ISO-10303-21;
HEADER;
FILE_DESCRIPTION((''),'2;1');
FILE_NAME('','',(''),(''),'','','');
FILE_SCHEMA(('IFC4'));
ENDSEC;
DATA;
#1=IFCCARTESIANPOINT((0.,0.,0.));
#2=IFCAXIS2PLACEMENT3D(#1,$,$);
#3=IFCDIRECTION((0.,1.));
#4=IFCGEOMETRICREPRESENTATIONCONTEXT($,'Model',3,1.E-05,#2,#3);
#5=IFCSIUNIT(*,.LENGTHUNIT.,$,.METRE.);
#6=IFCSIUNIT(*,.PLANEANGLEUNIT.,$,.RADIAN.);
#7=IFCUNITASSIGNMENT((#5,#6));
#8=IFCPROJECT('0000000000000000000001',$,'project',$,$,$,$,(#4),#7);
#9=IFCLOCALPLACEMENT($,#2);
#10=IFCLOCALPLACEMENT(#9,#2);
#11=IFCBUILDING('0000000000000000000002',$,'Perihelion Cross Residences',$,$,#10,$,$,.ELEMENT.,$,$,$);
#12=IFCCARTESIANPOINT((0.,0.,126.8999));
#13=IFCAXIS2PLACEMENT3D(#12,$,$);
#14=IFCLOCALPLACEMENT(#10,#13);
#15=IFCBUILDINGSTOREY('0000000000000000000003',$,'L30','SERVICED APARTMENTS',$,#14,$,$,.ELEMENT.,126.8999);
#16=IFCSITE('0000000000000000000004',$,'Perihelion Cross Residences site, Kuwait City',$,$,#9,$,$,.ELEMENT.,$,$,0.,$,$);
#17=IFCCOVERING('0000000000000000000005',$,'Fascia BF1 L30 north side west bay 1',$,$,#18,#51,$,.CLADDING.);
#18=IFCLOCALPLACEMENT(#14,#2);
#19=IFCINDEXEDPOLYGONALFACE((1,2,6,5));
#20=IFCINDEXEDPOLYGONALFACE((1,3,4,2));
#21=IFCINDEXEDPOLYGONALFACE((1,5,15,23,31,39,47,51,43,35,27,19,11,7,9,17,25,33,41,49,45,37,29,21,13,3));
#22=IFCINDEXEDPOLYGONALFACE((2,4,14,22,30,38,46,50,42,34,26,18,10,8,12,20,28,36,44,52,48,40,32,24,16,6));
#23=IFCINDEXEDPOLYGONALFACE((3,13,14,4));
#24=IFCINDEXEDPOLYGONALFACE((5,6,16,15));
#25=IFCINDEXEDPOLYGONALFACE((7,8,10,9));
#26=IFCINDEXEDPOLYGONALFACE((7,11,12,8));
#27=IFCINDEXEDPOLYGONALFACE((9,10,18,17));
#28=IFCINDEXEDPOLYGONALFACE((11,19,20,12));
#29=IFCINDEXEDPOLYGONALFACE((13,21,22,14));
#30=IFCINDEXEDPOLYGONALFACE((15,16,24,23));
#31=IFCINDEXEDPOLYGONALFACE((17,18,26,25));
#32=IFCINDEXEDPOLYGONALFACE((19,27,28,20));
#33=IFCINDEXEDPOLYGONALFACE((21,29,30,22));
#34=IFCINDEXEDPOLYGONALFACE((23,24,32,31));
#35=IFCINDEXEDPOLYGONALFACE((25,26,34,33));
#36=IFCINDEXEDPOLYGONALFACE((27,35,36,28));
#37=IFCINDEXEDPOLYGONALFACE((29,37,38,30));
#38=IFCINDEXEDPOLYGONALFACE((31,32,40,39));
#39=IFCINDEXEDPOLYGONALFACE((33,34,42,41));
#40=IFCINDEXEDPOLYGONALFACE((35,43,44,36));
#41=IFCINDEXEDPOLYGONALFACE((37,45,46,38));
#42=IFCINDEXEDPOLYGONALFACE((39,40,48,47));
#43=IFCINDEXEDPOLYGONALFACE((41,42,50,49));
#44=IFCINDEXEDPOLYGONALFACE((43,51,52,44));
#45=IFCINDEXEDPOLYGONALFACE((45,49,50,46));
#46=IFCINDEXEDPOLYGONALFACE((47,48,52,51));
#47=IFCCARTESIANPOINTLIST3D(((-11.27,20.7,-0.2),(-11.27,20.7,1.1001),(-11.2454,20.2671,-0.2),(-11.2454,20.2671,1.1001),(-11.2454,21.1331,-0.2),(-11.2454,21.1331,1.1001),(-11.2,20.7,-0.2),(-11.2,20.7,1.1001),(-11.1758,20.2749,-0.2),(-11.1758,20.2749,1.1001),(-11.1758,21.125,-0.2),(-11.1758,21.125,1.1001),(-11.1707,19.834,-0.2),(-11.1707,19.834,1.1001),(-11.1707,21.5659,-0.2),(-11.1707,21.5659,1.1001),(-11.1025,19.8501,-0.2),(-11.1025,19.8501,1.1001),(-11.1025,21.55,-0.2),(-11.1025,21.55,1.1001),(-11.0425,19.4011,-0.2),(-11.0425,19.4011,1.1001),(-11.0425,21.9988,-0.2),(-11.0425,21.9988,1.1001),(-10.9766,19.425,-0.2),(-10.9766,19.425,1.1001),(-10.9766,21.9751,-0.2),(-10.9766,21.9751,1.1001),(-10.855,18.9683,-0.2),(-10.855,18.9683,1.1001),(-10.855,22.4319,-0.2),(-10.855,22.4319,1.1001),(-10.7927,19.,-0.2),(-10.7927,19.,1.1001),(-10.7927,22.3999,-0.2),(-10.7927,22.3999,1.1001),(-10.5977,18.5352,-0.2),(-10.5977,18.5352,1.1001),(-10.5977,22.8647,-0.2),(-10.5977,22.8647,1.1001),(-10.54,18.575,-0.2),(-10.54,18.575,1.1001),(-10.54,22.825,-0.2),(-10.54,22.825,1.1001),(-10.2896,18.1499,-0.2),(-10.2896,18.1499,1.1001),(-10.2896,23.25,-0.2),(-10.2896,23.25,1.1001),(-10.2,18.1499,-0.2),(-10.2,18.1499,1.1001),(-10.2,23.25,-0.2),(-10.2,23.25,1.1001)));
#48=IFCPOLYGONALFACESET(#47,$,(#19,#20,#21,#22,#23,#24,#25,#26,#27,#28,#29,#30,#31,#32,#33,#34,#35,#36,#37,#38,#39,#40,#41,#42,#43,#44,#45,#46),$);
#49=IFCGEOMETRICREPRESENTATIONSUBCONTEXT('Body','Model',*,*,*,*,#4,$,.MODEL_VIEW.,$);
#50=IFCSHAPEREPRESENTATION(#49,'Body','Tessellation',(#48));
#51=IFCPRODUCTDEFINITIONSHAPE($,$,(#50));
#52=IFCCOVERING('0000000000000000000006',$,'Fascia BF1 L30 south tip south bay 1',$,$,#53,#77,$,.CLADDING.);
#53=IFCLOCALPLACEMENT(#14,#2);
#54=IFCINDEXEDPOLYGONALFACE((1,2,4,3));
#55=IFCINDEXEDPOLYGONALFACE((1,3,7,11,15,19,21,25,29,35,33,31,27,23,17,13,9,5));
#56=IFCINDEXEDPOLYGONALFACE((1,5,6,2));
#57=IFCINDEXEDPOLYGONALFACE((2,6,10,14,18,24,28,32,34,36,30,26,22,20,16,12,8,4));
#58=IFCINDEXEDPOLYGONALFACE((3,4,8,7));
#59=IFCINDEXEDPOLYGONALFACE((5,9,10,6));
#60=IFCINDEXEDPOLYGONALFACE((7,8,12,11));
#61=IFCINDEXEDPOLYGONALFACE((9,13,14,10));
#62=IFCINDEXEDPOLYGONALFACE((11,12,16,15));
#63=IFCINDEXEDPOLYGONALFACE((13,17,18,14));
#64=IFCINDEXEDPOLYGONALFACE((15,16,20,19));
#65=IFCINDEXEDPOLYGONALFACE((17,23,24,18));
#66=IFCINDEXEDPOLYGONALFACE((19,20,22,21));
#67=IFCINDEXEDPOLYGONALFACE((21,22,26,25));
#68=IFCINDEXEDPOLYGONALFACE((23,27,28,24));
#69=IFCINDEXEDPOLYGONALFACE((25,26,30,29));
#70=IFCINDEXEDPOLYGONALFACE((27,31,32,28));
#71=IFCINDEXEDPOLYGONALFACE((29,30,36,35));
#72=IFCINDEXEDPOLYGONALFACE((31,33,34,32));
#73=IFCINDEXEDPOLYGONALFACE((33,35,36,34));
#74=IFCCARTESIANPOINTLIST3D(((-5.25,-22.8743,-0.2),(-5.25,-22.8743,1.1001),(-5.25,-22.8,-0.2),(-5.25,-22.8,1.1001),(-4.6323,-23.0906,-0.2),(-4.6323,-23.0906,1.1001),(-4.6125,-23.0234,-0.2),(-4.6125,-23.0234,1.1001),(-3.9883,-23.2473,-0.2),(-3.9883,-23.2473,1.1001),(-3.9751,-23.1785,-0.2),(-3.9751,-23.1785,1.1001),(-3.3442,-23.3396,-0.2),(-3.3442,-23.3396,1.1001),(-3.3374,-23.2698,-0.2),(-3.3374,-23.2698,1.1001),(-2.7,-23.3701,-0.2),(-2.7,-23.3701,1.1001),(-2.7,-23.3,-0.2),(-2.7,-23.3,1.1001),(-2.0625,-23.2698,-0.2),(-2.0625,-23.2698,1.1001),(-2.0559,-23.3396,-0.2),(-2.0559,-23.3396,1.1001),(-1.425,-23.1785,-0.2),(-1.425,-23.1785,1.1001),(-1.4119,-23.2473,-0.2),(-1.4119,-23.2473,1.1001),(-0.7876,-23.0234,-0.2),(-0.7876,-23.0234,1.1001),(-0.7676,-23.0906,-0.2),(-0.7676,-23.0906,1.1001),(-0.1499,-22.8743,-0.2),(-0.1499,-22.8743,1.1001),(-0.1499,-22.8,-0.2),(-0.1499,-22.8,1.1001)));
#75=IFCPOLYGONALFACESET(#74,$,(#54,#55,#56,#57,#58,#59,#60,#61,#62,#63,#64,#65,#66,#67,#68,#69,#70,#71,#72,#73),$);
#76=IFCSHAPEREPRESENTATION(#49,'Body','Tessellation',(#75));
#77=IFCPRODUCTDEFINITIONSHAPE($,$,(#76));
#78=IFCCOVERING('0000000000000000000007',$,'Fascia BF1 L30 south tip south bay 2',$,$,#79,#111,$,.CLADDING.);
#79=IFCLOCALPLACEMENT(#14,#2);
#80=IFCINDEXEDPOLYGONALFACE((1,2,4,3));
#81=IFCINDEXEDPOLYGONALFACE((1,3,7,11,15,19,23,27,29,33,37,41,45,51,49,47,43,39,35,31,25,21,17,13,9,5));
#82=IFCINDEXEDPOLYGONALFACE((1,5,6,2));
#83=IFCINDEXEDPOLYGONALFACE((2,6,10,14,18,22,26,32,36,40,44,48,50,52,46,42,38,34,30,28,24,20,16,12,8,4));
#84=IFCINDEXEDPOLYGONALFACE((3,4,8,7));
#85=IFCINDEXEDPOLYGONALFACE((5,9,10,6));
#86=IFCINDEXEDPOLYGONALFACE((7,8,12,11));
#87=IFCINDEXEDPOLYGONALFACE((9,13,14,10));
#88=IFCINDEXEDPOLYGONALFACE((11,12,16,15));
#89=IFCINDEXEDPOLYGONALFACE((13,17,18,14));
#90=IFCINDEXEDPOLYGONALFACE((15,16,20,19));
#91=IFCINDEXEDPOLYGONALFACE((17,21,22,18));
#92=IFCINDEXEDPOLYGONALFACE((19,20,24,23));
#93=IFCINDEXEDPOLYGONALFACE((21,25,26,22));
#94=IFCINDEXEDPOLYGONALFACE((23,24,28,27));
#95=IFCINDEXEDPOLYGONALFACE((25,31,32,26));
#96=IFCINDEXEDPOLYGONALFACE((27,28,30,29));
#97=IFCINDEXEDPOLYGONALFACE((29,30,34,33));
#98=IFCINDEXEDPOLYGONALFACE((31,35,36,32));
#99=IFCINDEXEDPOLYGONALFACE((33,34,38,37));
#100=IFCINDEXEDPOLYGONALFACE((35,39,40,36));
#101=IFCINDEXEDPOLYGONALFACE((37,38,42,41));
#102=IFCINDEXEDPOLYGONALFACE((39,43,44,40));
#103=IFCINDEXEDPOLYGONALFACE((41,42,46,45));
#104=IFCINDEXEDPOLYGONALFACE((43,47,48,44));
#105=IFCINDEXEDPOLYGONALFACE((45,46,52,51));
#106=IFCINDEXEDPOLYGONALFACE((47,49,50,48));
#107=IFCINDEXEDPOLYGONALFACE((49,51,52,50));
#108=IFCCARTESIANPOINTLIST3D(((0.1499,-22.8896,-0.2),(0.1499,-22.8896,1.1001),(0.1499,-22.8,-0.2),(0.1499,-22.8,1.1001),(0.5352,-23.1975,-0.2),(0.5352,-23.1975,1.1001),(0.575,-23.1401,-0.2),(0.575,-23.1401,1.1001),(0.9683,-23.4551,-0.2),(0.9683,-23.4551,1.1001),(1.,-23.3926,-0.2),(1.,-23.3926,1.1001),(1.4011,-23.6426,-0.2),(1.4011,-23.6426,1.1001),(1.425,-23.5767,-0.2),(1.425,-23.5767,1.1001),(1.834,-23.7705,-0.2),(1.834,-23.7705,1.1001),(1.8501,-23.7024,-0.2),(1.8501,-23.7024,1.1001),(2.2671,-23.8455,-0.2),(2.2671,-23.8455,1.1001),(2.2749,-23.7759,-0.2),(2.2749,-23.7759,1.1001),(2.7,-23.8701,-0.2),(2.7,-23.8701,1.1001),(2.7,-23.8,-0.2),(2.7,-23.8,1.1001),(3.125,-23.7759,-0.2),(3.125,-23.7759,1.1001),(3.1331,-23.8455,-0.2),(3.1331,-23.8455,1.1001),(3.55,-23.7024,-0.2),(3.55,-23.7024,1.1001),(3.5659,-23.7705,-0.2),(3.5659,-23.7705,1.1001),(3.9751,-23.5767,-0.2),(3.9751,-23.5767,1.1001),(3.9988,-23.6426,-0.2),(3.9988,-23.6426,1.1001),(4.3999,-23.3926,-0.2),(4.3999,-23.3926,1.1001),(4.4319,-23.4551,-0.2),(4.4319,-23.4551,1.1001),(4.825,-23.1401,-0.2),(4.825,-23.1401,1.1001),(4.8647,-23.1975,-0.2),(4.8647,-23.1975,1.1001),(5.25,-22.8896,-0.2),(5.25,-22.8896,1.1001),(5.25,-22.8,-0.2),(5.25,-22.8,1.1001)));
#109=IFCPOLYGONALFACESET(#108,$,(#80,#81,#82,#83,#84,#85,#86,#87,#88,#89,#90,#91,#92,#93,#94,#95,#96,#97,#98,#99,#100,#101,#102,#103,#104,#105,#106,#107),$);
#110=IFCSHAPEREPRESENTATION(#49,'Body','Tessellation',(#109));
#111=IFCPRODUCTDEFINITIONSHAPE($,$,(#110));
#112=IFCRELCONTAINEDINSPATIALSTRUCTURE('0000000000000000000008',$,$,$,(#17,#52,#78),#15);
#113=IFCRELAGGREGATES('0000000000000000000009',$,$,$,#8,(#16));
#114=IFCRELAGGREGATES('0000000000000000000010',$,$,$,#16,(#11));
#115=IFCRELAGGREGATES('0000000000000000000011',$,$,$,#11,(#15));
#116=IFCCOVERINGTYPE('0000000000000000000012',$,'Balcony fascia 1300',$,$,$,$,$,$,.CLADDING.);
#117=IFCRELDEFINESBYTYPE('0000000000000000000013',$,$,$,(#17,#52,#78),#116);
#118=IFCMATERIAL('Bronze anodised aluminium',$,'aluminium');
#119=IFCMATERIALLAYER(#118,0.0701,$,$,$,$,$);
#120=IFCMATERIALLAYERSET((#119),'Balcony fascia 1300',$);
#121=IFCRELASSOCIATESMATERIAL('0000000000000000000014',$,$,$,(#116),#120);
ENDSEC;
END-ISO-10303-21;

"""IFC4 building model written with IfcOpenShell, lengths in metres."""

from ifc_helpers import new_model, si_unit, direction, frame, origin, place, context, subcontext, project, spatial, polyline, outline, extrude, material, layer, layer_set, type_object, element, save


model = new_model("IFC4")

# Units and contexts
model_context = context("Model", 3, precision=1e-05, world=origin(), true_north=direction((0.0, 1.0)))
body_context = subcontext(model_context, "Body", "Model", "MODEL_VIEW")
ifc_project = project(units=[si_unit("LENGTHUNIT", "METRE"), si_unit("PLANEANGLEUNIT", "RADIAN")], contexts=[model_context])

# Site, building, storey
site_placement = place(None, origin())
site = spatial("IfcSite", under=ifc_project, at=site_placement, Name="Perihelion Cross Residences site, Kuwait City", CompositionType="ELEMENT", RefElevation=0.0)
building_placement = place(site_placement, origin())
building = spatial("IfcBuilding", under=site, at=building_placement, Name="Perihelion Cross Residences", CompositionType="ELEMENT")
storey_placement = place(building_placement, frame((0.0, 0.0, 126.8999)))
storey = spatial("IfcBuildingStorey", under=building, at=storey_placement, Name="L30", Description="SERVICED APARTMENTS", CompositionType="ELEMENT", Elevation=126.8999)

# Coverings
ifc_material_1 = material(Name="Bronze anodised aluminium", Category="aluminium")
ifc_layer_1 = layer(ifc_material_1, 0.0701)
ifc_layer_set_1 = layer_set([ifc_layer_1], Name="Balcony fascia 1300")
covering_type = type_object("IfcCoveringType", Name="Balcony fascia 1300", PredefinedType="CLADDING", material=ifc_layer_set_1)
covering_1_placement = place(storey_placement, frame((0.0, 0.0, -0.2)))
element("IfcCovering", 1, at=covering_1_placement, inside=storey, type_object=covering_type, Name="Fascia BF1 L30 north side west bay 1", PredefinedType="CLADDING", context=body_context, shape_type="SweptSolid", body=[
    extrude(outline(polyline([(-10.5977, 22.8647), (-10.855, 22.4319), (-11.0425, 21.9988), (-11.1707, 21.5659), (-11.2454, 21.1331), (-11.27, 20.7), (-11.2454, 20.2671), (-11.1707, 19.834), (-11.0425, 19.4011), (-10.855, 18.9683), (-10.5977, 18.5352), (-10.2896, 18.1499), (-10.2, 18.1499), (-10.54, 18.575), (-10.7927, 19.0), (-10.9766, 19.425), (-11.1025, 19.8501), (-11.1758, 20.2749), (-11.2, 20.7), (-11.1758, 21.125), (-11.1025, 21.55), (-10.9766, 21.9751), (-10.7927, 22.3999), (-10.54, 22.825), (-10.2, 23.25), (-10.2896, 23.25), (-10.5977, 22.8647)])), origin(), (0.0, 0.0, 1.0), 1.3),
])
covering_2_placement = place(storey_placement, frame((0.0, 0.0, -0.2)))
element("IfcCovering", 2, at=covering_2_placement, inside=storey, type_object=covering_type, Name="Fascia BF1 L30 south tip south bay 1", PredefinedType="CLADDING", context=body_context, shape_type="SweptSolid", body=[
    extrude(outline(polyline([(-4.6323, -23.0906), (-3.9883, -23.2473), (-3.3442, -23.3396), (-2.7, -23.3701), (-2.0559, -23.3396), (-1.4119, -23.2473), (-0.7676, -23.0906), (-0.1499, -22.8743), (-0.1499, -22.8), (-0.7876, -23.0234), (-1.425, -23.1785), (-2.0625, -23.2698), (-2.7, -23.3), (-3.3374, -23.2698), (-3.9751, -23.1785), (-4.6125, -23.0234), (-5.25, -22.8), (-5.25, -22.8743), (-4.6323, -23.0906)])), origin(), (0.0, 0.0, 1.0), 1.3),
])
covering_3_placement = place(storey_placement, frame((0.0, 0.0, -0.2)))
element("IfcCovering", 3, at=covering_3_placement, inside=storey, type_object=covering_type, Name="Fascia BF1 L30 south tip south bay 2", PredefinedType="CLADDING", context=body_context, shape_type="SweptSolid", body=[
    extrude(outline(polyline([(0.5352, -23.1975), (0.9683, -23.4551), (1.4011, -23.6426), (1.834, -23.7705), (2.2671, -23.8455), (2.7, -23.8701), (3.1331, -23.8455), (3.5659, -23.7705), (3.9988, -23.6426), (4.4319, -23.4551), (4.8647, -23.1975), (5.25, -22.8896), (5.25, -22.8), (4.825, -23.1401), (4.3999, -23.3926), (3.9751, -23.5767), (3.55, -23.7024), (3.125, -23.7759), (2.7, -23.8), (2.2749, -23.7759), (1.8501, -23.7024), (1.425, -23.5767), (1.0, -23.3926), (0.575, -23.1401), (0.1499, -22.8), (0.1499, -22.8896), (0.5352, -23.1975)])), origin(), (0.0, 0.0, 1.0), 1.3),
])

save(model, "model.ifc")
